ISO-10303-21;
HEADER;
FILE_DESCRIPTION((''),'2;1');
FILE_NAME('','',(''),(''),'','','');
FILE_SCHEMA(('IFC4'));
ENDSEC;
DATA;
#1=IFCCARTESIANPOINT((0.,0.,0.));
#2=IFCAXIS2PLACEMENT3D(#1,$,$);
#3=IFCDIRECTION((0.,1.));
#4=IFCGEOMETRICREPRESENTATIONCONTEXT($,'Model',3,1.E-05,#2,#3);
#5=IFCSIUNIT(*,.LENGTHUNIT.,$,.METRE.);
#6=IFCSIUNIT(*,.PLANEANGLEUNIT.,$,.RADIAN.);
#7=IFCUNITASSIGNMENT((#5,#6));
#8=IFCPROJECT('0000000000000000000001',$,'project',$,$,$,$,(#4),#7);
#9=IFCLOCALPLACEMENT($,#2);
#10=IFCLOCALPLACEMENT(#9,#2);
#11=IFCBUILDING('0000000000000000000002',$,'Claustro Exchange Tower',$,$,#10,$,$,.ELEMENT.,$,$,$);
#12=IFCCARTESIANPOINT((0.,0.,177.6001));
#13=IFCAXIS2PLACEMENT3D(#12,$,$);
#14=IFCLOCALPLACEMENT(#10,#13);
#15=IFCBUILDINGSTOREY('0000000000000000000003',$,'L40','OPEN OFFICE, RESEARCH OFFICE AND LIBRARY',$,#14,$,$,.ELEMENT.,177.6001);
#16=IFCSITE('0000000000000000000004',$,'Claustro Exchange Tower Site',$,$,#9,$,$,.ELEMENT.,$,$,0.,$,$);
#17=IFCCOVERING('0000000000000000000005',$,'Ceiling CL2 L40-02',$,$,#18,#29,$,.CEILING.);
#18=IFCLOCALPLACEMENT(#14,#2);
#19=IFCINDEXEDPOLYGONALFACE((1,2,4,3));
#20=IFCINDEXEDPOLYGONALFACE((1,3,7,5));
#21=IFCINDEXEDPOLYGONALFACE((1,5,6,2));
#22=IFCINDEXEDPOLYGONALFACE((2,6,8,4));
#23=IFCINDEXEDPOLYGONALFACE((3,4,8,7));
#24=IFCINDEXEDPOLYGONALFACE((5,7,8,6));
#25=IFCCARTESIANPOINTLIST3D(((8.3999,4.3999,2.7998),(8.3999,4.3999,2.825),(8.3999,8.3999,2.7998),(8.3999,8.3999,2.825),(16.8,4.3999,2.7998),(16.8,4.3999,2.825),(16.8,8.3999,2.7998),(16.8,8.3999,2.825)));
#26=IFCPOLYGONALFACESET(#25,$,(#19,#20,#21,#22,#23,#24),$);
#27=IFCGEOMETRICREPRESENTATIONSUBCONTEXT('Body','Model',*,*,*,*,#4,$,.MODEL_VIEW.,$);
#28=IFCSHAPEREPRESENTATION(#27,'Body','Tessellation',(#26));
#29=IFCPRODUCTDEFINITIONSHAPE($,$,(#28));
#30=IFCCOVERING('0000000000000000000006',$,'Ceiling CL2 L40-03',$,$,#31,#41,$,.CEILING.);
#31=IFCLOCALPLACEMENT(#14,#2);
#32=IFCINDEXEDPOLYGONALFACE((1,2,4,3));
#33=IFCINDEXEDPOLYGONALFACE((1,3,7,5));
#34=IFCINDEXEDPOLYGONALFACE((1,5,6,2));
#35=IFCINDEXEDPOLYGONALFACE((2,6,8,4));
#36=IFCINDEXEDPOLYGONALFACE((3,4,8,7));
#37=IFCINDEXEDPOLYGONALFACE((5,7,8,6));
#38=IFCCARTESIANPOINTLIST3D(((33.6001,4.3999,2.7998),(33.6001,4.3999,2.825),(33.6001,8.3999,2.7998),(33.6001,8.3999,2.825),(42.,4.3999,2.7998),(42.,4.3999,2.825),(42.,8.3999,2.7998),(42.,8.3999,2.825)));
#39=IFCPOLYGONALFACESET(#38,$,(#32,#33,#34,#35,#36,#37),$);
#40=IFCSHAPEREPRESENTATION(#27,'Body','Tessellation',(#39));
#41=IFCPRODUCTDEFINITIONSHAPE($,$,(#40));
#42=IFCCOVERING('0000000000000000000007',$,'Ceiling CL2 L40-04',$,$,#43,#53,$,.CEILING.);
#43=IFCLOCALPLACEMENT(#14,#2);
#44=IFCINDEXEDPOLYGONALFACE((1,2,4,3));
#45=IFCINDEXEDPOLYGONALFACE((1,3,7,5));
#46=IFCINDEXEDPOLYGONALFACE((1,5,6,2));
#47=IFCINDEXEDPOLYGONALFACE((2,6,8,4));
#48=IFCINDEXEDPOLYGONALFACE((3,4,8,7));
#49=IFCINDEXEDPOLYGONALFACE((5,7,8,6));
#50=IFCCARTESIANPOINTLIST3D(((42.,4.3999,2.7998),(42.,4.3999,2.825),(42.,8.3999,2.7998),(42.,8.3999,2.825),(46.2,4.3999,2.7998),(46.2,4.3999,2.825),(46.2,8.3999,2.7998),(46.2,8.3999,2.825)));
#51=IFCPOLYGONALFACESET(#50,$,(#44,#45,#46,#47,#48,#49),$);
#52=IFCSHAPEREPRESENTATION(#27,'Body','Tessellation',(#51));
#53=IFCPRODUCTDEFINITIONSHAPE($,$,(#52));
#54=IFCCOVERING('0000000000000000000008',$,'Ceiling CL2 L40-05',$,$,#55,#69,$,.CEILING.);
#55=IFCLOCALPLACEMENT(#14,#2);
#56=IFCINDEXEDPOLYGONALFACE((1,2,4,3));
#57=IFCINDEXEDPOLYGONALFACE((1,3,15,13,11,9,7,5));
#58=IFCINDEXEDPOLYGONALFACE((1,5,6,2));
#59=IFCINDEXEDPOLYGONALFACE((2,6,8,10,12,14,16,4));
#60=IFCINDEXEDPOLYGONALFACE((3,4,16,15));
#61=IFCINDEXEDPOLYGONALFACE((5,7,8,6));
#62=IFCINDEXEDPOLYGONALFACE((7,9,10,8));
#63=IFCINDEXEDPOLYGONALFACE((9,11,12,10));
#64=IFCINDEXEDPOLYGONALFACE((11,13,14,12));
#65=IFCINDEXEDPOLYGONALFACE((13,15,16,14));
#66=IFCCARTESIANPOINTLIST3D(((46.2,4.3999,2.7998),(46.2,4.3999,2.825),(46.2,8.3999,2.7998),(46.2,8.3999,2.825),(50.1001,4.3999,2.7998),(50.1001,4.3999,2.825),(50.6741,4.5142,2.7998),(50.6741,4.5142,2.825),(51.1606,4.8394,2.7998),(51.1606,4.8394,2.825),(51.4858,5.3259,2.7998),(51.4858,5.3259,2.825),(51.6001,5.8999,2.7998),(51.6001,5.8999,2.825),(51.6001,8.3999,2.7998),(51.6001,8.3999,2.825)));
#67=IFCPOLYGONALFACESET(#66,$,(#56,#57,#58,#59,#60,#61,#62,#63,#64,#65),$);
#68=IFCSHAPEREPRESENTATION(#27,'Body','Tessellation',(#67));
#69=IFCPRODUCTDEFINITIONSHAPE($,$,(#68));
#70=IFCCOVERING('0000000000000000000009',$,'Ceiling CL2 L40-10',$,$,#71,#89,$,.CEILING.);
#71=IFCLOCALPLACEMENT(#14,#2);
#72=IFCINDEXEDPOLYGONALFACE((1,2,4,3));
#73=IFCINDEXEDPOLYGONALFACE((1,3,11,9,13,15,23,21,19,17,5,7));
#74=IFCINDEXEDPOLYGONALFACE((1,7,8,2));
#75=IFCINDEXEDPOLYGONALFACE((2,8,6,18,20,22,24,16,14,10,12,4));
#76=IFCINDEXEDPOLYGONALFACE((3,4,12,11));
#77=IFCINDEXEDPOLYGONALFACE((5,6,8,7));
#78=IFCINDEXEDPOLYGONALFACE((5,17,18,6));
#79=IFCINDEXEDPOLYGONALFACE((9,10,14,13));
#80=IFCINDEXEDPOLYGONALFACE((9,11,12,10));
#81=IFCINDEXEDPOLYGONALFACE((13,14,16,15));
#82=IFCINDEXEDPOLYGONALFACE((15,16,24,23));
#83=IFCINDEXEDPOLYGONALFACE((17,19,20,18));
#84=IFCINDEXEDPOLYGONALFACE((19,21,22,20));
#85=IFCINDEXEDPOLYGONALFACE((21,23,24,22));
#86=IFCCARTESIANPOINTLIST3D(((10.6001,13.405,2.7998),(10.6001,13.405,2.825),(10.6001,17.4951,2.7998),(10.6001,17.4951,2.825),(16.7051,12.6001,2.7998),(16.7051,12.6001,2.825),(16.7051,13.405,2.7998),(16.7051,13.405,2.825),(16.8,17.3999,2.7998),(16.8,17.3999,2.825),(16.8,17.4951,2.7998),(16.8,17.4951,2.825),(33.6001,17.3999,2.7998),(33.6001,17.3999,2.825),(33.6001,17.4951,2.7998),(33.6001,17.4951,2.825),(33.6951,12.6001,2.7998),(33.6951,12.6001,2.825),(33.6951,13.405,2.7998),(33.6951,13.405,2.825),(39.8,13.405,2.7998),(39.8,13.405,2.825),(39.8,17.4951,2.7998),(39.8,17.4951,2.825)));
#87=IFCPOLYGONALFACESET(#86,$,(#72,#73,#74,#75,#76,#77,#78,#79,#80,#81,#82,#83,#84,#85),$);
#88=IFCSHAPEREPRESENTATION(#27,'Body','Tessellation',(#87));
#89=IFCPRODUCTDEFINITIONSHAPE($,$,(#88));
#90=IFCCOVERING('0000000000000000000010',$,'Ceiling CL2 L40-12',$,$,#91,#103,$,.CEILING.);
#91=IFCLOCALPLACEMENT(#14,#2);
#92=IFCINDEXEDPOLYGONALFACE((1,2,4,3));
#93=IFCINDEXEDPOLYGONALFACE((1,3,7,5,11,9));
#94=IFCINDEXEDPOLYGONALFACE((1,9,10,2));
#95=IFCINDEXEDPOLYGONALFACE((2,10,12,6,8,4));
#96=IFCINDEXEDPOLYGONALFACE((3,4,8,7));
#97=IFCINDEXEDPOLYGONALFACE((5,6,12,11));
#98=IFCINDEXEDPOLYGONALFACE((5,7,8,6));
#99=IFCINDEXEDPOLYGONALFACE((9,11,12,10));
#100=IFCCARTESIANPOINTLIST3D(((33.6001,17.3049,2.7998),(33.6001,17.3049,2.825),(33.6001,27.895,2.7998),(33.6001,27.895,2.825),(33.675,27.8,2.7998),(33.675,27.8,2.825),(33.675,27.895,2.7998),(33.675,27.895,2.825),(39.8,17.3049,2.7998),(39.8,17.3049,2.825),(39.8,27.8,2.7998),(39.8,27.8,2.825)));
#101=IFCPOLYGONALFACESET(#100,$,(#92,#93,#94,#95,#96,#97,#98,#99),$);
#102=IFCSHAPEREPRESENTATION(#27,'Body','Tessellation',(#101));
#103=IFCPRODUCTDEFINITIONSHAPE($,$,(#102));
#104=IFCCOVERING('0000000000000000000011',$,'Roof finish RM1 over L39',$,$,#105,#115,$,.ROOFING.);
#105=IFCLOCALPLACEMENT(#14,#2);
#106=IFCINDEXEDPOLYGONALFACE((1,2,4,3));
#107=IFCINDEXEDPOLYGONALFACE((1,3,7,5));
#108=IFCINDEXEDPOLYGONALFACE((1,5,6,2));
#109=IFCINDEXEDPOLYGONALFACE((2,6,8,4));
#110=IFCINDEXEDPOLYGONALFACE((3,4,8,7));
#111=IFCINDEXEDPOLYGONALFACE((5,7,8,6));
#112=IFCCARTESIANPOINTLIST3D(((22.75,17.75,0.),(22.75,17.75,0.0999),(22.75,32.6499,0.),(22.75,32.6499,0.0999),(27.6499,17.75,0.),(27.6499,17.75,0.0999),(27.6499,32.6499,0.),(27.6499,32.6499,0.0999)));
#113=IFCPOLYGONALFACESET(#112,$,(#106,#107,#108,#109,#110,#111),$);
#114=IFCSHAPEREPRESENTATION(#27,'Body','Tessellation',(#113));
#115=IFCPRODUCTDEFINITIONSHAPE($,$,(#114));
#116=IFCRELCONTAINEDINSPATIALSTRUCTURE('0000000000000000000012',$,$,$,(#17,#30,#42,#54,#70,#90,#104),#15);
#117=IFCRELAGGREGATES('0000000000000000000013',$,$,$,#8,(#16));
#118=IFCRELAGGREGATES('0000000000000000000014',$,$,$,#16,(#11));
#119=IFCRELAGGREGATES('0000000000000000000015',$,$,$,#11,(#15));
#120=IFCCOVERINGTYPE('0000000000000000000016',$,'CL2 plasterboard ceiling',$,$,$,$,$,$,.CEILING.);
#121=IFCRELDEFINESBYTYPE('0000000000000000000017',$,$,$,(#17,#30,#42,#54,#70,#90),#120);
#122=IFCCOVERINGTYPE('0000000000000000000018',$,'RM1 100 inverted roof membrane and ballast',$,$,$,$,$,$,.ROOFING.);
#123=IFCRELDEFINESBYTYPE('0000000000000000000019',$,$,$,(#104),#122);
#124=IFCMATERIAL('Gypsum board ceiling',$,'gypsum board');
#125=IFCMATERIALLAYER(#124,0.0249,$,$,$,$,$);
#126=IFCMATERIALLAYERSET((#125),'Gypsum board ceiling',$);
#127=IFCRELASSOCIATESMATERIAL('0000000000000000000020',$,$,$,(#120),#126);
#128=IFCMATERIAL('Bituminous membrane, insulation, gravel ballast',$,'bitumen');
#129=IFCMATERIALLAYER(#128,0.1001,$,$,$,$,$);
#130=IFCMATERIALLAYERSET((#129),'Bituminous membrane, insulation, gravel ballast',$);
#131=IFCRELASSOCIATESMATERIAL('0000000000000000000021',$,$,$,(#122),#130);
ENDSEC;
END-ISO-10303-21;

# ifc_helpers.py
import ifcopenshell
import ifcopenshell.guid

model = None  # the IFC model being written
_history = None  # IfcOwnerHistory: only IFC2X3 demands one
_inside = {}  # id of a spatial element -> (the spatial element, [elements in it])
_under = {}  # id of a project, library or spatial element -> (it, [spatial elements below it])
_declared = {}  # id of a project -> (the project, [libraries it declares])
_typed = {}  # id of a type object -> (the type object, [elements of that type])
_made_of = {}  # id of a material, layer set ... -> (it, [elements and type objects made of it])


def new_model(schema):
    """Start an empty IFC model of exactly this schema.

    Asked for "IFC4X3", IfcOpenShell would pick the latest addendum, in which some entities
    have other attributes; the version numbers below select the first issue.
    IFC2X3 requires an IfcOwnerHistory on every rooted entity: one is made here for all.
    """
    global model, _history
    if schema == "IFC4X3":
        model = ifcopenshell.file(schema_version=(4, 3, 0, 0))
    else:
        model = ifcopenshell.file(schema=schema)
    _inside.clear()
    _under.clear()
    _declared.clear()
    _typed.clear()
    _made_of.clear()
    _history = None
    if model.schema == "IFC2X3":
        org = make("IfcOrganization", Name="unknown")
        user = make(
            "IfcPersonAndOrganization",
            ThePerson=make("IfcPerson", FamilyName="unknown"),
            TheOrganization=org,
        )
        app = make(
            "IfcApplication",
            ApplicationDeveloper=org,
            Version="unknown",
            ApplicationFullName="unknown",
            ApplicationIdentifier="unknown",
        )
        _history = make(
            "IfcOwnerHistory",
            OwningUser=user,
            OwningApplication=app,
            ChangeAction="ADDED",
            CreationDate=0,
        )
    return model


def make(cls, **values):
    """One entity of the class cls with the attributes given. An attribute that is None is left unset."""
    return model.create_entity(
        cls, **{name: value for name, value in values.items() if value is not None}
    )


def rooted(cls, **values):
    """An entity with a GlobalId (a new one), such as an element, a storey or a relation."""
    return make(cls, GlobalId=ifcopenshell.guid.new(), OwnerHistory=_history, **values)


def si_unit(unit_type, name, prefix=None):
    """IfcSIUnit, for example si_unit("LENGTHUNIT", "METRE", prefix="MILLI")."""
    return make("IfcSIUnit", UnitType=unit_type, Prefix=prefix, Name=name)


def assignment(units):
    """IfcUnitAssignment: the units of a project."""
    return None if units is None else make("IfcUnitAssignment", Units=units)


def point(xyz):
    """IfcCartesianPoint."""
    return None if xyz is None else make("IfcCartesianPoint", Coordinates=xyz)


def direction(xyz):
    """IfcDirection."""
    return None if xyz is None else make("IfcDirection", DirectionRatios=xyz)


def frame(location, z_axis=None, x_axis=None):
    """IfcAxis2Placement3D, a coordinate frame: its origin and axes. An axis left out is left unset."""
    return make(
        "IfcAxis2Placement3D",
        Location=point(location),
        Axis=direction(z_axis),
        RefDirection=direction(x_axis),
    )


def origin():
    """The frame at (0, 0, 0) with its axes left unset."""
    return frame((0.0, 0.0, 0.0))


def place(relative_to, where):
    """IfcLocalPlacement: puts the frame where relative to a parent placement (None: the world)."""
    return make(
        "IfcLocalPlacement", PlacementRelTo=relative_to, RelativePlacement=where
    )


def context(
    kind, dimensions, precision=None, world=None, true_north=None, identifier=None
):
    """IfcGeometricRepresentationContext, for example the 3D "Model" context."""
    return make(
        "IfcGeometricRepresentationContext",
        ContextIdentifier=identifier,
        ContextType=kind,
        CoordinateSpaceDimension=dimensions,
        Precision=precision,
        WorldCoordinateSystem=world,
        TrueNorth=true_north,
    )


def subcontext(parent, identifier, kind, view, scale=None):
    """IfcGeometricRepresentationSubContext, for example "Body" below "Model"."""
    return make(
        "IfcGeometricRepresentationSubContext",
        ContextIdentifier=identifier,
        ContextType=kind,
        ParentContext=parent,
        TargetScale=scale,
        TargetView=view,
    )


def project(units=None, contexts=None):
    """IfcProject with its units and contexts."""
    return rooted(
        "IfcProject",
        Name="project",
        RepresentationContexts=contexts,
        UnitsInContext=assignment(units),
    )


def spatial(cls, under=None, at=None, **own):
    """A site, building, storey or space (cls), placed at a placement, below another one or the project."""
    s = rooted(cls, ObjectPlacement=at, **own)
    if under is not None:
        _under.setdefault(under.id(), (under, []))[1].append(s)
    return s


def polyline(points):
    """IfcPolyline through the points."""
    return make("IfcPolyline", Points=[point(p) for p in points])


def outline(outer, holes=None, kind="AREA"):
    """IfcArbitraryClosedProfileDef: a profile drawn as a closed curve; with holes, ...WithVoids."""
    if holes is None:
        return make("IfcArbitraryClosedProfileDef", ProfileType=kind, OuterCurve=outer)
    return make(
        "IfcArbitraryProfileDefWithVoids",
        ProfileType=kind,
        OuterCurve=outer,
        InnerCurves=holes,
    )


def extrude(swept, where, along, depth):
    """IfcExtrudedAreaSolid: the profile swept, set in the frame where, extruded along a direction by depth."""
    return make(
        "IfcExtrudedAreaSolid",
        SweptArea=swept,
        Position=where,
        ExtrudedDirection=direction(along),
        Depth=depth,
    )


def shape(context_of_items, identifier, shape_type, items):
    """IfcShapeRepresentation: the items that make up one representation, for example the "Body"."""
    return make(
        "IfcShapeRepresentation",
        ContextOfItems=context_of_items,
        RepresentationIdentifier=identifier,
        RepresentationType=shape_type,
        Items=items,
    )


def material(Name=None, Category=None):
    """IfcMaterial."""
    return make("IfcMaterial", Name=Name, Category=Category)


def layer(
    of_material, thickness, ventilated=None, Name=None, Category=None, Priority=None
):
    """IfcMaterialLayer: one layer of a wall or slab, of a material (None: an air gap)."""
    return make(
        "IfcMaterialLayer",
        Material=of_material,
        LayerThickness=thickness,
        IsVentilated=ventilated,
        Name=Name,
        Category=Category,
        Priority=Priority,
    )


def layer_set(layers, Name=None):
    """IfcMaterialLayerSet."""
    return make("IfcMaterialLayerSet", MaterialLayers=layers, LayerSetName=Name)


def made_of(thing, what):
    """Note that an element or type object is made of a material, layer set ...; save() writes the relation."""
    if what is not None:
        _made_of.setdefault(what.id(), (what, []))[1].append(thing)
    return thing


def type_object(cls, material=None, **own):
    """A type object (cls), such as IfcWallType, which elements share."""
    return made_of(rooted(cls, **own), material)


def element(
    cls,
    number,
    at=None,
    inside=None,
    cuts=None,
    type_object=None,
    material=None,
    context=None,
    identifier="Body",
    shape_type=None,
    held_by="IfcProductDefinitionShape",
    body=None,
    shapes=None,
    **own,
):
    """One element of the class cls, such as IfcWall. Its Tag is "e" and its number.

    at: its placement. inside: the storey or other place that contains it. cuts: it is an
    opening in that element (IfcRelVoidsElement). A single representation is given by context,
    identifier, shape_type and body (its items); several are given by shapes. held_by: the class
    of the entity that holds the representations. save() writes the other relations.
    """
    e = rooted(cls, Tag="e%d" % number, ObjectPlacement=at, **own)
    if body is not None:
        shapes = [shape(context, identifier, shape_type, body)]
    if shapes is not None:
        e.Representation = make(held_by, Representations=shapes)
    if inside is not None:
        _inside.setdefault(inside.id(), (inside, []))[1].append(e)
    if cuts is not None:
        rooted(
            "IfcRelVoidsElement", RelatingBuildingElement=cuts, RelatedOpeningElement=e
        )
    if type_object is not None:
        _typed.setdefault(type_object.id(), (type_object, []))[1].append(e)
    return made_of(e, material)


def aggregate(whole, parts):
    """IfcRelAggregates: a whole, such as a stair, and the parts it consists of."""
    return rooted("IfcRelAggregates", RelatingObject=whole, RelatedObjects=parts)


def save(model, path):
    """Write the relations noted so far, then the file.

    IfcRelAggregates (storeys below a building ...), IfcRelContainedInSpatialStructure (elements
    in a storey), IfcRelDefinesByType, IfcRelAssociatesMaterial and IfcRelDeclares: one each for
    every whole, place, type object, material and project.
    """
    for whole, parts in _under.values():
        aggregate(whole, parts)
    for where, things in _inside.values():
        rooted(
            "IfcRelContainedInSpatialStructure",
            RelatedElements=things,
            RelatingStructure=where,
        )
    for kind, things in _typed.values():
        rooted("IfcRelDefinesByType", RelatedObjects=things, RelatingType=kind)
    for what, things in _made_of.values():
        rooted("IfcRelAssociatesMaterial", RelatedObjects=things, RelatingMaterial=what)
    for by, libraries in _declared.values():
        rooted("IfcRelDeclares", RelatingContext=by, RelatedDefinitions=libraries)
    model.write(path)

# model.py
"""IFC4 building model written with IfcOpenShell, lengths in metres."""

from ifc_helpers import new_model, si_unit, direction, frame, origin, place, context, subcontext, project, spatial, polyline, outline, extrude, material, layer, layer_set, type_object, element, save


model = new_model("IFC4")

# Units and contexts
model_context = context("Model", 3, precision=1e-05, world=origin(), true_north=direction((0.0, 1.0)))
body_context = subcontext(model_context, "Body", "Model", "MODEL_VIEW")
ifc_project = project(units=[si_unit("LENGTHUNIT", "METRE"), si_unit("PLANEANGLEUNIT", "RADIAN")], contexts=[model_context])

# Site, building, storey
site_placement = place(None, origin())
site = spatial("IfcSite", under=ifc_project, at=site_placement, Name="Claustro Exchange Tower Site", CompositionType="ELEMENT", RefElevation=0.0)
building_placement = place(site_placement, origin())
building = spatial("IfcBuilding", under=site, at=building_placement, Name="Claustro Exchange Tower", CompositionType="ELEMENT")
storey_placement = place(building_placement, frame((0.0, 0.0, 177.6001)))
storey = spatial("IfcBuildingStorey", under=building, at=storey_placement, Name="L40", Description="OPEN OFFICE, RESEARCH OFFICE AND LIBRARY", CompositionType="ELEMENT", Elevation=177.6001)

# Coverings
ifc_material_1 = material(Name="Gypsum board ceiling", Category="gypsum board")
ifc_layer_1 = layer(ifc_material_1, 0.0249)
ifc_layer_set_1 = layer_set([ifc_layer_1], Name="Gypsum board ceiling")
covering_type_1 = type_object("IfcCoveringType", Name="CL2 plasterboard ceiling", PredefinedType="CEILING", material=ifc_layer_set_1)
covering_1_placement = place(storey_placement, frame((0.0, 0.0, 2.7998)))
element("IfcCovering", 1, at=covering_1_placement, inside=storey, type_object=covering_type_1, Name="Ceiling CL2 L40-02", PredefinedType="CEILING", context=body_context, shape_type="SweptSolid", body=[
    extrude(outline(polyline([(8.3999, 4.3999), (16.8, 4.3999), (16.8, 8.3999), (8.3999, 8.3999), (8.3999, 4.3999)])), origin(), (0.0, 0.0, 1.0), 0.0251),
])
covering_2_placement = place(storey_placement, frame((0.0, 0.0, 2.7998)))
element("IfcCovering", 2, at=covering_2_placement, inside=storey, type_object=covering_type_1, Name="Ceiling CL2 L40-03", PredefinedType="CEILING", context=body_context, shape_type="SweptSolid", body=[
    extrude(outline(polyline([(33.6001, 4.3999), (42.0, 4.3999), (42.0, 8.3999), (33.6001, 8.3999), (33.6001, 4.3999)])), origin(), (0.0, 0.0, 1.0), 0.0251),
])
covering_3_placement = place(storey_placement, frame((0.0, 0.0, 2.7998)))
element("IfcCovering", 3, at=covering_3_placement, inside=storey, type_object=covering_type_1, Name="Ceiling CL2 L40-04", PredefinedType="CEILING", context=body_context, shape_type="SweptSolid", body=[
    extrude(outline(polyline([(42.0, 4.3999), (46.2, 4.3999), (46.2, 8.3999), (42.0, 8.3999), (42.0, 4.3999)])), origin(), (0.0, 0.0, 1.0), 0.0251),
])
covering_4_placement = place(storey_placement, frame((0.0, 0.0, 2.7998)))
element("IfcCovering", 4, at=covering_4_placement, inside=storey, type_object=covering_type_1, Name="Ceiling CL2 L40-05", PredefinedType="CEILING", context=body_context, shape_type="SweptSolid", body=[
    extrude(outline(polyline([(51.6001, 5.8999), (51.6001, 8.3999), (46.2, 8.3999), (46.2, 4.3999), (50.1001, 4.3999), (50.6741, 4.5142), (51.1606, 4.8394), (51.4858, 5.3259), (51.6001, 5.8999)])), origin(), (0.0, 0.0, 1.0), 0.0251),
])
covering_5_placement = place(storey_placement, frame((0.0, 0.0, 2.7998)))
element("IfcCovering", 5, at=covering_5_placement, inside=storey, type_object=covering_type_1, Name="Ceiling CL2 L40-10", PredefinedType="CEILING", context=body_context, shape_type="SweptSolid", body=[
    extrude(outline(polyline([(33.6001, 17.3999), (16.8, 17.3999), (16.8, 17.4951), (10.6001, 17.4951), (10.6001, 13.405), (16.7051, 13.405), (16.7051, 12.6001), (33.6951, 12.6001), (33.6951, 13.405), (39.8, 13.405), (39.8, 17.4951), (33.6001, 17.4951), (33.6001, 17.3999)])), origin(), (0.0, 0.0, 1.0), 0.0251),
])
covering_6_placement = place(storey_placement, frame((0.0, 0.0, 2.7998)))
element("IfcCovering", 6, at=covering_6_placement, inside=storey, type_object=covering_type_1, Name="Ceiling CL2 L40-12", PredefinedType="CEILING", context=body_context, shape_type="SweptSolid", body=[
    extrude(outline(polyline([(33.6001, 27.895), (33.6001, 17.3049), (39.8, 17.3049), (39.8, 27.8), (33.675, 27.8), (33.675, 27.895), (33.6001, 27.895)])), origin(), (0.0, 0.0, 1.0), 0.0251),
])
ifc_material_2 = material(Name="Bituminous membrane, insulation, gravel ballast", Category="bitumen")
ifc_layer_2 = layer(ifc_material_2, 0.1001)
ifc_layer_set_2 = layer_set([ifc_layer_2], Name="Bituminous membrane, insulation, gravel ballast")
covering_type_2 = type_object("IfcCoveringType", Name="RM1 100 inverted roof membrane and ballast", PredefinedType="ROOFING", material=ifc_layer_set_2)
covering_7_placement = place(storey_placement, origin())
element("IfcCovering", 7, at=covering_7_placement, inside=storey, type_object=covering_type_2, Name="Roof finish RM1 over L39", PredefinedType="ROOFING", context=body_context, shape_type="SweptSolid", body=[
    extrude(outline(polyline([(27.6499, 17.75), (27.6499, 32.6499), (22.75, 32.6499), (22.75, 17.75), (27.6499, 17.75)])), origin(), (0.0, 0.0, 1.0), 0.0999),
])

save(model, "model.ifc")
